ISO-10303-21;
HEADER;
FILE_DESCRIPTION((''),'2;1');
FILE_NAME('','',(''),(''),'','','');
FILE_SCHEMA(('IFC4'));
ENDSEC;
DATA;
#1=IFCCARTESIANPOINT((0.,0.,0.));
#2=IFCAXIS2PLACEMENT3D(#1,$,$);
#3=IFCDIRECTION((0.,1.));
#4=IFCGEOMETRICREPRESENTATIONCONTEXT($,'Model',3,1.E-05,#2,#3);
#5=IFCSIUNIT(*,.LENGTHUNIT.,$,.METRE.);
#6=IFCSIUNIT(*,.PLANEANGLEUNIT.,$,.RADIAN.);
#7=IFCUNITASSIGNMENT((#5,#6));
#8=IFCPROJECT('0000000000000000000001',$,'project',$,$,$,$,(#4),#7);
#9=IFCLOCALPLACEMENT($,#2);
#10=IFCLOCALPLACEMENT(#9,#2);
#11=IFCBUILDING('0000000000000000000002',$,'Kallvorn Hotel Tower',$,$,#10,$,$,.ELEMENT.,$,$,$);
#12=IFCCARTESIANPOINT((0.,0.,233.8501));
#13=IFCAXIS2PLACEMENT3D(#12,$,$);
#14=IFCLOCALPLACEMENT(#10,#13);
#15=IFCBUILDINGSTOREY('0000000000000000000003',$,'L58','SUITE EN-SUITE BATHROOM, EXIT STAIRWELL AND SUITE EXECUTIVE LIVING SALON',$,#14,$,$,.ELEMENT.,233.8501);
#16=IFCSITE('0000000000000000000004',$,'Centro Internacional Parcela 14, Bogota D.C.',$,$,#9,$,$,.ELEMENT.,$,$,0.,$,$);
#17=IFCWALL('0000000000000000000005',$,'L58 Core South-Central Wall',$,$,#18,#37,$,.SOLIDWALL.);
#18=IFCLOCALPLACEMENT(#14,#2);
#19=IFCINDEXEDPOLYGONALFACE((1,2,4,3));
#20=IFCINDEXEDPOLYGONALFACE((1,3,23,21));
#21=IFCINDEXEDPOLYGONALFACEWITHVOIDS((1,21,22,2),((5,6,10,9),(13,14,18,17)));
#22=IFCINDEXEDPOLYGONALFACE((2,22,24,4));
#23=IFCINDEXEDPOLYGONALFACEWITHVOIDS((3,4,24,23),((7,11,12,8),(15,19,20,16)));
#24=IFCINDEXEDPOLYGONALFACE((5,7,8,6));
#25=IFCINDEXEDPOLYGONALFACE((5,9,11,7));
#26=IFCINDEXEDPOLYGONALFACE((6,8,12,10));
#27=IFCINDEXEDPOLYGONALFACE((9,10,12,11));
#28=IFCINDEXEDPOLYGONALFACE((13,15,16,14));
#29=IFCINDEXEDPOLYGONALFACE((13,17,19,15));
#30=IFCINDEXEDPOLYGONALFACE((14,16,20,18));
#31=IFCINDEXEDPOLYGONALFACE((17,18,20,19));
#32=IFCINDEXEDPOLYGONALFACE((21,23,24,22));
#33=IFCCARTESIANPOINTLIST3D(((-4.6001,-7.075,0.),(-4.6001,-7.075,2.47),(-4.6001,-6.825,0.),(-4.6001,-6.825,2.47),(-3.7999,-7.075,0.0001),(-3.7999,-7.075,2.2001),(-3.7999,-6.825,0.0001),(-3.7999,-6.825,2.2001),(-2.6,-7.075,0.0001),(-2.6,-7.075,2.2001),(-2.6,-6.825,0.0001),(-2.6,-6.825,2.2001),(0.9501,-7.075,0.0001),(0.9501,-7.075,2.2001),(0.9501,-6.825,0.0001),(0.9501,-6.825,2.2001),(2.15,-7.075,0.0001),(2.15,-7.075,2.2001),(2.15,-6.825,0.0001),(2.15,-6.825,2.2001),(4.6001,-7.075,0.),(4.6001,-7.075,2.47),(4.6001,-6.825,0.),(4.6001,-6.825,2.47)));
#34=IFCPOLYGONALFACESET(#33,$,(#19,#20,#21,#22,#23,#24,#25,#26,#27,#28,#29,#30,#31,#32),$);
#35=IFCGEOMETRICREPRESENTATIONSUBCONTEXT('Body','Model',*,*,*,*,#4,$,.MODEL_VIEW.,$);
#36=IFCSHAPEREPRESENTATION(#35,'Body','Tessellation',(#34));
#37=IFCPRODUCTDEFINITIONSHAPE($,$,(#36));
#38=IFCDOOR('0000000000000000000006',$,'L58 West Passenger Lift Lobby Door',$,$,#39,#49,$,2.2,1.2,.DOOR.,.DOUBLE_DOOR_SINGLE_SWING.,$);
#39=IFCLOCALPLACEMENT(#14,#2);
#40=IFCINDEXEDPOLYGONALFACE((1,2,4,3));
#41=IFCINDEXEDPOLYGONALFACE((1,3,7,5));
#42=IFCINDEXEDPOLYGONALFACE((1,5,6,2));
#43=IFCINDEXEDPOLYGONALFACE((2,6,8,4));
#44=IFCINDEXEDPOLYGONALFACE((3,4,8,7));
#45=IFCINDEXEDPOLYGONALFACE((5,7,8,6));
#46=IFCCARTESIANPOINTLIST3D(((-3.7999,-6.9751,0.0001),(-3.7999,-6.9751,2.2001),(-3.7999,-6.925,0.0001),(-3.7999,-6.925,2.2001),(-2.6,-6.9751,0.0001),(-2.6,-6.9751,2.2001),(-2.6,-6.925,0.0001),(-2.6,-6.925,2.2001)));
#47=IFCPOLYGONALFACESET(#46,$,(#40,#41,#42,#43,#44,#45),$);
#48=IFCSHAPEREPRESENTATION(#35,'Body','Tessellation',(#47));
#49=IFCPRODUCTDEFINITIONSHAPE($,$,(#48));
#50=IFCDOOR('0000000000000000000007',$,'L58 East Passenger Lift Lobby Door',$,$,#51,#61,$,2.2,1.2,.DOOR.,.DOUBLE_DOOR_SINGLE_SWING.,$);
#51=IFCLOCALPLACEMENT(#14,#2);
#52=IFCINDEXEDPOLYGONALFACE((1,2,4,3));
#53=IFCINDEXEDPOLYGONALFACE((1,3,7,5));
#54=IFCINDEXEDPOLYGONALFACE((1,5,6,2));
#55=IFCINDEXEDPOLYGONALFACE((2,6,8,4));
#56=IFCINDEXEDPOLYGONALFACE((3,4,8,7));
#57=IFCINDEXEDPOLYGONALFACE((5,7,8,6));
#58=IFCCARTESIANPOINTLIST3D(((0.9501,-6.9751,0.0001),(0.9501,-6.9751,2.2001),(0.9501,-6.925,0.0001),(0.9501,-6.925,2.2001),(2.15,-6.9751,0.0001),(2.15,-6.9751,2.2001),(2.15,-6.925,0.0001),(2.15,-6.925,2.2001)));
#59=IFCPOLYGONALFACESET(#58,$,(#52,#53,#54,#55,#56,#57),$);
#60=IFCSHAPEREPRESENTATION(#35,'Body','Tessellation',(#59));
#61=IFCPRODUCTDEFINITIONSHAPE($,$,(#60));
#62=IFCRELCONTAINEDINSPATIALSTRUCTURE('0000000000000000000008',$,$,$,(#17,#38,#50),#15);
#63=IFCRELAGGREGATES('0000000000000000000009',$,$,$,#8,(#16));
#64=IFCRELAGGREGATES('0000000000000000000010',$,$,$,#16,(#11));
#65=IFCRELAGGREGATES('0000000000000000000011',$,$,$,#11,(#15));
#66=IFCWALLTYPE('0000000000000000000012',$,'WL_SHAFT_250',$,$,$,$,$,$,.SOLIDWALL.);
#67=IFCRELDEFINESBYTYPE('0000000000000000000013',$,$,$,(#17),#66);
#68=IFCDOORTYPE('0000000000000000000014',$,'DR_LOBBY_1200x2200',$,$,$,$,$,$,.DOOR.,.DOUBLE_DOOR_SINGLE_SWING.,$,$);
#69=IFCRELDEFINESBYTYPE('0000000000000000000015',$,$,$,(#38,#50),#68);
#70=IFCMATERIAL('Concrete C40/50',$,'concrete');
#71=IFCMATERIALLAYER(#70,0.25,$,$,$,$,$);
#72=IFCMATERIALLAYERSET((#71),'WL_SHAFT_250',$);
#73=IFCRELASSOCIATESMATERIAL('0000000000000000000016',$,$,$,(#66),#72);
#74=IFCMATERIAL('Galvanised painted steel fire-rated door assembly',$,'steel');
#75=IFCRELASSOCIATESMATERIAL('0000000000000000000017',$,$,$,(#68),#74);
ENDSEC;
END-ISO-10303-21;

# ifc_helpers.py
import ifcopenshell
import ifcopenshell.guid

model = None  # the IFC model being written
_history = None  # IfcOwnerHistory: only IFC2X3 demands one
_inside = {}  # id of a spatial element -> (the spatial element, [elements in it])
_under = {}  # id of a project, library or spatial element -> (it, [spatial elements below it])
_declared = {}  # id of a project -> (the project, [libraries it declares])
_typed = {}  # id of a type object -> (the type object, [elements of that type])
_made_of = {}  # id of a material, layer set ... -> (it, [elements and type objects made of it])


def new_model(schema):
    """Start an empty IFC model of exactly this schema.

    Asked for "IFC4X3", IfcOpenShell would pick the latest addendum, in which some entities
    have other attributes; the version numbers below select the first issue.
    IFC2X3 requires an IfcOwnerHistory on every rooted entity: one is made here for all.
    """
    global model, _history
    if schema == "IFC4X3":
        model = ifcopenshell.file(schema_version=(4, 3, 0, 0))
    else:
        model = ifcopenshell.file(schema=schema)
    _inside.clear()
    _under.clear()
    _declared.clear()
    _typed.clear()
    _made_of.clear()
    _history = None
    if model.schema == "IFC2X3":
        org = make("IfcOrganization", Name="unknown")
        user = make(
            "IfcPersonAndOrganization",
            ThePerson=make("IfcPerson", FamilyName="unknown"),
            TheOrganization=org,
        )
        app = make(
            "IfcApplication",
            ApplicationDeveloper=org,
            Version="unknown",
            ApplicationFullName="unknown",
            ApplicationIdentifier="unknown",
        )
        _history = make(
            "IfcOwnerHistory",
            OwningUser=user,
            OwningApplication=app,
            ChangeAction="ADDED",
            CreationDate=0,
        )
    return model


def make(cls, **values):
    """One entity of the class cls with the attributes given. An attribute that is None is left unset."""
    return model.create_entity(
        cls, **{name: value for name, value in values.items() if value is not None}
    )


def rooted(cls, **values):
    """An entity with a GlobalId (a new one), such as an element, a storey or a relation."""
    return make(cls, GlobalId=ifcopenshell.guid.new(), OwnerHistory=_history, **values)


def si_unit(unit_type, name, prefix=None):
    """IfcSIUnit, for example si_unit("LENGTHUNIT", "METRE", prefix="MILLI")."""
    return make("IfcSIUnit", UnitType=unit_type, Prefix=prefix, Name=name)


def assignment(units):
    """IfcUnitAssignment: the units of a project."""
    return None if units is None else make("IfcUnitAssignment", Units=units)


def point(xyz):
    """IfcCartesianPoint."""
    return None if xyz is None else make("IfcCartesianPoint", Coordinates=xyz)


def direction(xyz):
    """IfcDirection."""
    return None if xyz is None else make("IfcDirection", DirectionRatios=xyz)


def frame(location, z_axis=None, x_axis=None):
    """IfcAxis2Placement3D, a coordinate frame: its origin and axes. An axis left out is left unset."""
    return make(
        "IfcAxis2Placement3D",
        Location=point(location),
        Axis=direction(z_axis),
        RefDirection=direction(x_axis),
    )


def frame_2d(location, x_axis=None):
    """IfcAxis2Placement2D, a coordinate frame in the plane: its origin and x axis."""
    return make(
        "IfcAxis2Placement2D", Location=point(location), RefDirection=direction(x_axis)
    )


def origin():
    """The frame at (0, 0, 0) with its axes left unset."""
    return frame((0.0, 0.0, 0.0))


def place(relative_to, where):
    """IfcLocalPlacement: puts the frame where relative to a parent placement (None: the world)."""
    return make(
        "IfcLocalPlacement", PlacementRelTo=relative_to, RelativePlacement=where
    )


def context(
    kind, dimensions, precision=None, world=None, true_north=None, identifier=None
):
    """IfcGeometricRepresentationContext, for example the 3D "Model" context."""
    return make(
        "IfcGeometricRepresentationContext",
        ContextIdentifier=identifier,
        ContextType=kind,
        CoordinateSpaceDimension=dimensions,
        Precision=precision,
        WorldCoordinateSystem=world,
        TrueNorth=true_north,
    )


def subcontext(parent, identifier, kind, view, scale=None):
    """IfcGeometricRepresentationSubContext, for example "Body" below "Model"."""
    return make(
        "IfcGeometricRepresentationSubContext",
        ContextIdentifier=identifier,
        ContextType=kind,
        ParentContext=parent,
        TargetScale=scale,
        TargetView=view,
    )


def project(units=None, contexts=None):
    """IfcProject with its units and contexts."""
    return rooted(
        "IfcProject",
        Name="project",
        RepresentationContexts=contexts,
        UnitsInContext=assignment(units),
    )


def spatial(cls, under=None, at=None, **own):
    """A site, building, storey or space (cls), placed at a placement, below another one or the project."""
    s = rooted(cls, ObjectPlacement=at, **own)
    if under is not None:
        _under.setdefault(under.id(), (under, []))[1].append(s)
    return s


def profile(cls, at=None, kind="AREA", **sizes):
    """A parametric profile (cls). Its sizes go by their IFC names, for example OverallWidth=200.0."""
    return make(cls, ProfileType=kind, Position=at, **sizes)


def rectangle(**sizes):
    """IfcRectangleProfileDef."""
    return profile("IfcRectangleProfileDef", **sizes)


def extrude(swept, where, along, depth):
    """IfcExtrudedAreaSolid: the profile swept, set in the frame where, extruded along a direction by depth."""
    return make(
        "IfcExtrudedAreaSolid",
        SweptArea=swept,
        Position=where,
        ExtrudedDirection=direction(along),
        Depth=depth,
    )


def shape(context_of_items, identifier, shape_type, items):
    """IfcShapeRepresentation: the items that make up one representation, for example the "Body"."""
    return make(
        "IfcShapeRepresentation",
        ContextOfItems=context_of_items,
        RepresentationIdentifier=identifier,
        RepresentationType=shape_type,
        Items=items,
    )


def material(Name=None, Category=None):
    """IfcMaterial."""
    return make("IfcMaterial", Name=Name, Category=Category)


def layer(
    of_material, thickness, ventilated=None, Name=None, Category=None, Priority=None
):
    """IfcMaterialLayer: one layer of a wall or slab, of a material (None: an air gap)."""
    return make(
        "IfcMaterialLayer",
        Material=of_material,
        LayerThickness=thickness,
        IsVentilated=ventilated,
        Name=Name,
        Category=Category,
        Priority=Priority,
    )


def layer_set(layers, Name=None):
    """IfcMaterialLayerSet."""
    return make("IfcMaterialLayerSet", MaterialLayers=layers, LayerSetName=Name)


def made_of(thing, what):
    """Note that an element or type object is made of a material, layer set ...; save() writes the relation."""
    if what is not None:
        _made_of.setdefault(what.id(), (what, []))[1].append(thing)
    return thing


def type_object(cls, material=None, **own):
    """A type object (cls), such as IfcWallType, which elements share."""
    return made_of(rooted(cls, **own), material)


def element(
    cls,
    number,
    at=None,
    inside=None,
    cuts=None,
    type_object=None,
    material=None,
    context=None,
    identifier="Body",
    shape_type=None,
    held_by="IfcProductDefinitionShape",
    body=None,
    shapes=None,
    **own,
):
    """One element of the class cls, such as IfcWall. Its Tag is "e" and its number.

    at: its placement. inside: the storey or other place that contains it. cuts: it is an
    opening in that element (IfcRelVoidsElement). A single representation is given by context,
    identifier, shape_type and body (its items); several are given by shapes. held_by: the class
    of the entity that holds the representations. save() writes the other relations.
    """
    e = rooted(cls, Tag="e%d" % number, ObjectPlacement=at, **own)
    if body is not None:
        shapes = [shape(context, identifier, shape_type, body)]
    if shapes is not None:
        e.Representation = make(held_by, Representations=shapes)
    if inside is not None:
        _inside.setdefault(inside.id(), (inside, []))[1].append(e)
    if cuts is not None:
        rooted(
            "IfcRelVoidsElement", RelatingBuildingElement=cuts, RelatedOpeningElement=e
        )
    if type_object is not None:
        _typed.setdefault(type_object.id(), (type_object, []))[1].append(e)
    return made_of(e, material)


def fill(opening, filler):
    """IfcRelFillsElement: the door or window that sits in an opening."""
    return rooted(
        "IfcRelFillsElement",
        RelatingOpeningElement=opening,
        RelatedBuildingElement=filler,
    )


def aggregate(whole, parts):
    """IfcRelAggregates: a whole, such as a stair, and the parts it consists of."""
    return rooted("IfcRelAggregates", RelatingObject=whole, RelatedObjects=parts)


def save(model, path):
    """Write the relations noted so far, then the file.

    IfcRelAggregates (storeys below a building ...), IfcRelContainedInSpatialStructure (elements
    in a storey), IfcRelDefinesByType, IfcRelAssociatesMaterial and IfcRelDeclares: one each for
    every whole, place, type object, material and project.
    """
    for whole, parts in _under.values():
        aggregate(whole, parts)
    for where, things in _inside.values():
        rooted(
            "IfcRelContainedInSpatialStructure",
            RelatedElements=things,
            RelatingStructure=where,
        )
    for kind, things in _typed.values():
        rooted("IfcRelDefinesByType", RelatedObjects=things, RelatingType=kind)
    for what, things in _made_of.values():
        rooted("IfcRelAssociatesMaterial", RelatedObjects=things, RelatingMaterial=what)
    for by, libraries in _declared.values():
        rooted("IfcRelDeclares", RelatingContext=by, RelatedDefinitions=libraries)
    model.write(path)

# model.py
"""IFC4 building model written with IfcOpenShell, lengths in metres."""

from ifc_helpers import new_model, si_unit, direction, frame, frame_2d, origin, place, context, subcontext, project, spatial, rectangle, extrude, material, layer, layer_set, type_object, element, fill, save


model = new_model("IFC4")

# Units and contexts
model_context = context("Model", 3, precision=1e-05, world=origin(), true_north=direction((0.0, 1.0)))
body_context = subcontext(model_context, "Body", "Model", "MODEL_VIEW")
ifc_project = project(units=[si_unit("LENGTHUNIT", "METRE"), si_unit("PLANEANGLEUNIT", "RADIAN")], contexts=[model_context])

# Site, building, storey
site_placement = place(None, origin())
site = spatial("IfcSite", under=ifc_project, at=site_placement, Name="Centro Internacional Parcela 14, Bogota D.C.", CompositionType="ELEMENT", RefElevation=0.0)
building_placement = place(site_placement, origin())
building = spatial("IfcBuilding", under=site, at=building_placement, Name="Kallvorn Hotel Tower", CompositionType="ELEMENT")
storey_placement = place(building_placement, frame((0.0, 0.0, 233.8501)))
storey = spatial("IfcBuildingStorey", under=building, at=storey_placement, Name="L58", Description="SUITE EN-SUITE BATHROOM, EXIT STAIRWELL AND SUITE EXECUTIVE LIVING SALON", CompositionType="ELEMENT", Elevation=233.8501)

# Wall, openings, doors
ifc_material_1 = material(Name="Concrete C40/50", Category="concrete")
ifc_layer_1 = layer(ifc_material_1, 0.25)
ifc_layer_set_1 = layer_set([ifc_layer_1], Name="WL_SHAFT_250")
wall_type_1 = type_object("IfcWallType", Name="WL_SHAFT_250", PredefinedType="SOLIDWALL", material=ifc_layer_set_1)
wall_1_placement = place(storey_placement, frame((-4.6001, -6.95, 0.0), z_axis=(0.0, 0.0, 1.0), x_axis=(1.0, 0.0, 0.0)))
wall_1 = element("IfcWall", 1, at=wall_1_placement, inside=storey, type_object=wall_type_1, Name="L58 Core South-Central Wall", PredefinedType="SOLIDWALL", context=body_context, shape_type="SweptSolid", body=[
    extrude(rectangle(XDim=9.2002, YDim=0.25, at=frame_2d((4.6001, 0.0))), origin(), (0.0, 0.0, 1.0), 2.47),
])
opening_1_placement = place(wall_1_placement, frame((0.8, 0.0, 0.0)))
opening_1 = element("IfcOpeningElement", 2, at=opening_1_placement, cuts=wall_1, PredefinedType="OPENING", context=body_context, shape_type="SweptSolid", body=[
    extrude(rectangle(XDim=1.2, YDim=2.2, at=frame_2d((0.6001, 1.1001))), frame((0.0, 0.1399, 0.0), z_axis=(0.0, -1.0, 0.0), x_axis=(1.0, 0.0, 0.0)), (0.0, 0.0, 1.0), 0.28),
])
opening_2_placement = place(wall_1_placement, frame((5.55, 0.0, 0.0)))
opening_2 = element("IfcOpeningElement", 3, at=opening_2_placement, cuts=wall_1, PredefinedType="OPENING", context=body_context, shape_type="SweptSolid", body=[
    extrude(rectangle(XDim=1.2, YDim=2.2, at=frame_2d((0.6001, 1.1001))), frame((0.0, 0.1399, 0.0), z_axis=(0.0, -1.0, 0.0), x_axis=(1.0, 0.0, 0.0)), (0.0, 0.0, 1.0), 0.28),
])
ifc_material_2 = material(Name="Galvanised painted steel fire-rated door assembly", Category="steel")
door_type_1 = type_object("IfcDoorType", Name="DR_LOBBY_1200x2200", OperationType="DOUBLE_DOOR_SINGLE_SWING", PredefinedType="DOOR", material=ifc_material_2)
door_1_placement = place(opening_1_placement, origin())
door_1 = element("IfcDoor", 4, at=door_1_placement, inside=storey, type_object=door_type_1, Name="L58 West Passenger Lift Lobby Door", OperationType="DOUBLE_DOOR_SINGLE_SWING", OverallHeight=2.2, OverallWidth=1.2, PredefinedType="DOOR", context=body_context, shape_type="SweptSolid", body=[
    extrude(rectangle(XDim=1.2, YDim=2.2, at=frame_2d((0.6001, 1.1001))), frame((0.0, 0.0249, 0.0), z_axis=(0.0, -1.0, 0.0), x_axis=(1.0, 0.0, 0.0)), (0.0, 0.0, 1.0), 0.05),
])
fill(opening_1, door_1)
door_2_placement = place(opening_2_placement, origin())
door_2 = element("IfcDoor", 5, at=door_2_placement, inside=storey, type_object=door_type_1, Name="L58 East Passenger Lift Lobby Door", OperationType="DOUBLE_DOOR_SINGLE_SWING", OverallHeight=2.2, OverallWidth=1.2, PredefinedType="DOOR", context=body_context, shape_type="SweptSolid", body=[
    extrude(rectangle(XDim=1.2, YDim=2.2, at=frame_2d((0.6001, 1.1001))), frame((0.0, 0.0249, 0.0), z_axis=(0.0, -1.0, 0.0), x_axis=(1.0, 0.0, 0.0)), (0.0, 0.0, 1.0), 0.05),
])
fill(opening_2, door_2)

save(model, "model.ifc")
